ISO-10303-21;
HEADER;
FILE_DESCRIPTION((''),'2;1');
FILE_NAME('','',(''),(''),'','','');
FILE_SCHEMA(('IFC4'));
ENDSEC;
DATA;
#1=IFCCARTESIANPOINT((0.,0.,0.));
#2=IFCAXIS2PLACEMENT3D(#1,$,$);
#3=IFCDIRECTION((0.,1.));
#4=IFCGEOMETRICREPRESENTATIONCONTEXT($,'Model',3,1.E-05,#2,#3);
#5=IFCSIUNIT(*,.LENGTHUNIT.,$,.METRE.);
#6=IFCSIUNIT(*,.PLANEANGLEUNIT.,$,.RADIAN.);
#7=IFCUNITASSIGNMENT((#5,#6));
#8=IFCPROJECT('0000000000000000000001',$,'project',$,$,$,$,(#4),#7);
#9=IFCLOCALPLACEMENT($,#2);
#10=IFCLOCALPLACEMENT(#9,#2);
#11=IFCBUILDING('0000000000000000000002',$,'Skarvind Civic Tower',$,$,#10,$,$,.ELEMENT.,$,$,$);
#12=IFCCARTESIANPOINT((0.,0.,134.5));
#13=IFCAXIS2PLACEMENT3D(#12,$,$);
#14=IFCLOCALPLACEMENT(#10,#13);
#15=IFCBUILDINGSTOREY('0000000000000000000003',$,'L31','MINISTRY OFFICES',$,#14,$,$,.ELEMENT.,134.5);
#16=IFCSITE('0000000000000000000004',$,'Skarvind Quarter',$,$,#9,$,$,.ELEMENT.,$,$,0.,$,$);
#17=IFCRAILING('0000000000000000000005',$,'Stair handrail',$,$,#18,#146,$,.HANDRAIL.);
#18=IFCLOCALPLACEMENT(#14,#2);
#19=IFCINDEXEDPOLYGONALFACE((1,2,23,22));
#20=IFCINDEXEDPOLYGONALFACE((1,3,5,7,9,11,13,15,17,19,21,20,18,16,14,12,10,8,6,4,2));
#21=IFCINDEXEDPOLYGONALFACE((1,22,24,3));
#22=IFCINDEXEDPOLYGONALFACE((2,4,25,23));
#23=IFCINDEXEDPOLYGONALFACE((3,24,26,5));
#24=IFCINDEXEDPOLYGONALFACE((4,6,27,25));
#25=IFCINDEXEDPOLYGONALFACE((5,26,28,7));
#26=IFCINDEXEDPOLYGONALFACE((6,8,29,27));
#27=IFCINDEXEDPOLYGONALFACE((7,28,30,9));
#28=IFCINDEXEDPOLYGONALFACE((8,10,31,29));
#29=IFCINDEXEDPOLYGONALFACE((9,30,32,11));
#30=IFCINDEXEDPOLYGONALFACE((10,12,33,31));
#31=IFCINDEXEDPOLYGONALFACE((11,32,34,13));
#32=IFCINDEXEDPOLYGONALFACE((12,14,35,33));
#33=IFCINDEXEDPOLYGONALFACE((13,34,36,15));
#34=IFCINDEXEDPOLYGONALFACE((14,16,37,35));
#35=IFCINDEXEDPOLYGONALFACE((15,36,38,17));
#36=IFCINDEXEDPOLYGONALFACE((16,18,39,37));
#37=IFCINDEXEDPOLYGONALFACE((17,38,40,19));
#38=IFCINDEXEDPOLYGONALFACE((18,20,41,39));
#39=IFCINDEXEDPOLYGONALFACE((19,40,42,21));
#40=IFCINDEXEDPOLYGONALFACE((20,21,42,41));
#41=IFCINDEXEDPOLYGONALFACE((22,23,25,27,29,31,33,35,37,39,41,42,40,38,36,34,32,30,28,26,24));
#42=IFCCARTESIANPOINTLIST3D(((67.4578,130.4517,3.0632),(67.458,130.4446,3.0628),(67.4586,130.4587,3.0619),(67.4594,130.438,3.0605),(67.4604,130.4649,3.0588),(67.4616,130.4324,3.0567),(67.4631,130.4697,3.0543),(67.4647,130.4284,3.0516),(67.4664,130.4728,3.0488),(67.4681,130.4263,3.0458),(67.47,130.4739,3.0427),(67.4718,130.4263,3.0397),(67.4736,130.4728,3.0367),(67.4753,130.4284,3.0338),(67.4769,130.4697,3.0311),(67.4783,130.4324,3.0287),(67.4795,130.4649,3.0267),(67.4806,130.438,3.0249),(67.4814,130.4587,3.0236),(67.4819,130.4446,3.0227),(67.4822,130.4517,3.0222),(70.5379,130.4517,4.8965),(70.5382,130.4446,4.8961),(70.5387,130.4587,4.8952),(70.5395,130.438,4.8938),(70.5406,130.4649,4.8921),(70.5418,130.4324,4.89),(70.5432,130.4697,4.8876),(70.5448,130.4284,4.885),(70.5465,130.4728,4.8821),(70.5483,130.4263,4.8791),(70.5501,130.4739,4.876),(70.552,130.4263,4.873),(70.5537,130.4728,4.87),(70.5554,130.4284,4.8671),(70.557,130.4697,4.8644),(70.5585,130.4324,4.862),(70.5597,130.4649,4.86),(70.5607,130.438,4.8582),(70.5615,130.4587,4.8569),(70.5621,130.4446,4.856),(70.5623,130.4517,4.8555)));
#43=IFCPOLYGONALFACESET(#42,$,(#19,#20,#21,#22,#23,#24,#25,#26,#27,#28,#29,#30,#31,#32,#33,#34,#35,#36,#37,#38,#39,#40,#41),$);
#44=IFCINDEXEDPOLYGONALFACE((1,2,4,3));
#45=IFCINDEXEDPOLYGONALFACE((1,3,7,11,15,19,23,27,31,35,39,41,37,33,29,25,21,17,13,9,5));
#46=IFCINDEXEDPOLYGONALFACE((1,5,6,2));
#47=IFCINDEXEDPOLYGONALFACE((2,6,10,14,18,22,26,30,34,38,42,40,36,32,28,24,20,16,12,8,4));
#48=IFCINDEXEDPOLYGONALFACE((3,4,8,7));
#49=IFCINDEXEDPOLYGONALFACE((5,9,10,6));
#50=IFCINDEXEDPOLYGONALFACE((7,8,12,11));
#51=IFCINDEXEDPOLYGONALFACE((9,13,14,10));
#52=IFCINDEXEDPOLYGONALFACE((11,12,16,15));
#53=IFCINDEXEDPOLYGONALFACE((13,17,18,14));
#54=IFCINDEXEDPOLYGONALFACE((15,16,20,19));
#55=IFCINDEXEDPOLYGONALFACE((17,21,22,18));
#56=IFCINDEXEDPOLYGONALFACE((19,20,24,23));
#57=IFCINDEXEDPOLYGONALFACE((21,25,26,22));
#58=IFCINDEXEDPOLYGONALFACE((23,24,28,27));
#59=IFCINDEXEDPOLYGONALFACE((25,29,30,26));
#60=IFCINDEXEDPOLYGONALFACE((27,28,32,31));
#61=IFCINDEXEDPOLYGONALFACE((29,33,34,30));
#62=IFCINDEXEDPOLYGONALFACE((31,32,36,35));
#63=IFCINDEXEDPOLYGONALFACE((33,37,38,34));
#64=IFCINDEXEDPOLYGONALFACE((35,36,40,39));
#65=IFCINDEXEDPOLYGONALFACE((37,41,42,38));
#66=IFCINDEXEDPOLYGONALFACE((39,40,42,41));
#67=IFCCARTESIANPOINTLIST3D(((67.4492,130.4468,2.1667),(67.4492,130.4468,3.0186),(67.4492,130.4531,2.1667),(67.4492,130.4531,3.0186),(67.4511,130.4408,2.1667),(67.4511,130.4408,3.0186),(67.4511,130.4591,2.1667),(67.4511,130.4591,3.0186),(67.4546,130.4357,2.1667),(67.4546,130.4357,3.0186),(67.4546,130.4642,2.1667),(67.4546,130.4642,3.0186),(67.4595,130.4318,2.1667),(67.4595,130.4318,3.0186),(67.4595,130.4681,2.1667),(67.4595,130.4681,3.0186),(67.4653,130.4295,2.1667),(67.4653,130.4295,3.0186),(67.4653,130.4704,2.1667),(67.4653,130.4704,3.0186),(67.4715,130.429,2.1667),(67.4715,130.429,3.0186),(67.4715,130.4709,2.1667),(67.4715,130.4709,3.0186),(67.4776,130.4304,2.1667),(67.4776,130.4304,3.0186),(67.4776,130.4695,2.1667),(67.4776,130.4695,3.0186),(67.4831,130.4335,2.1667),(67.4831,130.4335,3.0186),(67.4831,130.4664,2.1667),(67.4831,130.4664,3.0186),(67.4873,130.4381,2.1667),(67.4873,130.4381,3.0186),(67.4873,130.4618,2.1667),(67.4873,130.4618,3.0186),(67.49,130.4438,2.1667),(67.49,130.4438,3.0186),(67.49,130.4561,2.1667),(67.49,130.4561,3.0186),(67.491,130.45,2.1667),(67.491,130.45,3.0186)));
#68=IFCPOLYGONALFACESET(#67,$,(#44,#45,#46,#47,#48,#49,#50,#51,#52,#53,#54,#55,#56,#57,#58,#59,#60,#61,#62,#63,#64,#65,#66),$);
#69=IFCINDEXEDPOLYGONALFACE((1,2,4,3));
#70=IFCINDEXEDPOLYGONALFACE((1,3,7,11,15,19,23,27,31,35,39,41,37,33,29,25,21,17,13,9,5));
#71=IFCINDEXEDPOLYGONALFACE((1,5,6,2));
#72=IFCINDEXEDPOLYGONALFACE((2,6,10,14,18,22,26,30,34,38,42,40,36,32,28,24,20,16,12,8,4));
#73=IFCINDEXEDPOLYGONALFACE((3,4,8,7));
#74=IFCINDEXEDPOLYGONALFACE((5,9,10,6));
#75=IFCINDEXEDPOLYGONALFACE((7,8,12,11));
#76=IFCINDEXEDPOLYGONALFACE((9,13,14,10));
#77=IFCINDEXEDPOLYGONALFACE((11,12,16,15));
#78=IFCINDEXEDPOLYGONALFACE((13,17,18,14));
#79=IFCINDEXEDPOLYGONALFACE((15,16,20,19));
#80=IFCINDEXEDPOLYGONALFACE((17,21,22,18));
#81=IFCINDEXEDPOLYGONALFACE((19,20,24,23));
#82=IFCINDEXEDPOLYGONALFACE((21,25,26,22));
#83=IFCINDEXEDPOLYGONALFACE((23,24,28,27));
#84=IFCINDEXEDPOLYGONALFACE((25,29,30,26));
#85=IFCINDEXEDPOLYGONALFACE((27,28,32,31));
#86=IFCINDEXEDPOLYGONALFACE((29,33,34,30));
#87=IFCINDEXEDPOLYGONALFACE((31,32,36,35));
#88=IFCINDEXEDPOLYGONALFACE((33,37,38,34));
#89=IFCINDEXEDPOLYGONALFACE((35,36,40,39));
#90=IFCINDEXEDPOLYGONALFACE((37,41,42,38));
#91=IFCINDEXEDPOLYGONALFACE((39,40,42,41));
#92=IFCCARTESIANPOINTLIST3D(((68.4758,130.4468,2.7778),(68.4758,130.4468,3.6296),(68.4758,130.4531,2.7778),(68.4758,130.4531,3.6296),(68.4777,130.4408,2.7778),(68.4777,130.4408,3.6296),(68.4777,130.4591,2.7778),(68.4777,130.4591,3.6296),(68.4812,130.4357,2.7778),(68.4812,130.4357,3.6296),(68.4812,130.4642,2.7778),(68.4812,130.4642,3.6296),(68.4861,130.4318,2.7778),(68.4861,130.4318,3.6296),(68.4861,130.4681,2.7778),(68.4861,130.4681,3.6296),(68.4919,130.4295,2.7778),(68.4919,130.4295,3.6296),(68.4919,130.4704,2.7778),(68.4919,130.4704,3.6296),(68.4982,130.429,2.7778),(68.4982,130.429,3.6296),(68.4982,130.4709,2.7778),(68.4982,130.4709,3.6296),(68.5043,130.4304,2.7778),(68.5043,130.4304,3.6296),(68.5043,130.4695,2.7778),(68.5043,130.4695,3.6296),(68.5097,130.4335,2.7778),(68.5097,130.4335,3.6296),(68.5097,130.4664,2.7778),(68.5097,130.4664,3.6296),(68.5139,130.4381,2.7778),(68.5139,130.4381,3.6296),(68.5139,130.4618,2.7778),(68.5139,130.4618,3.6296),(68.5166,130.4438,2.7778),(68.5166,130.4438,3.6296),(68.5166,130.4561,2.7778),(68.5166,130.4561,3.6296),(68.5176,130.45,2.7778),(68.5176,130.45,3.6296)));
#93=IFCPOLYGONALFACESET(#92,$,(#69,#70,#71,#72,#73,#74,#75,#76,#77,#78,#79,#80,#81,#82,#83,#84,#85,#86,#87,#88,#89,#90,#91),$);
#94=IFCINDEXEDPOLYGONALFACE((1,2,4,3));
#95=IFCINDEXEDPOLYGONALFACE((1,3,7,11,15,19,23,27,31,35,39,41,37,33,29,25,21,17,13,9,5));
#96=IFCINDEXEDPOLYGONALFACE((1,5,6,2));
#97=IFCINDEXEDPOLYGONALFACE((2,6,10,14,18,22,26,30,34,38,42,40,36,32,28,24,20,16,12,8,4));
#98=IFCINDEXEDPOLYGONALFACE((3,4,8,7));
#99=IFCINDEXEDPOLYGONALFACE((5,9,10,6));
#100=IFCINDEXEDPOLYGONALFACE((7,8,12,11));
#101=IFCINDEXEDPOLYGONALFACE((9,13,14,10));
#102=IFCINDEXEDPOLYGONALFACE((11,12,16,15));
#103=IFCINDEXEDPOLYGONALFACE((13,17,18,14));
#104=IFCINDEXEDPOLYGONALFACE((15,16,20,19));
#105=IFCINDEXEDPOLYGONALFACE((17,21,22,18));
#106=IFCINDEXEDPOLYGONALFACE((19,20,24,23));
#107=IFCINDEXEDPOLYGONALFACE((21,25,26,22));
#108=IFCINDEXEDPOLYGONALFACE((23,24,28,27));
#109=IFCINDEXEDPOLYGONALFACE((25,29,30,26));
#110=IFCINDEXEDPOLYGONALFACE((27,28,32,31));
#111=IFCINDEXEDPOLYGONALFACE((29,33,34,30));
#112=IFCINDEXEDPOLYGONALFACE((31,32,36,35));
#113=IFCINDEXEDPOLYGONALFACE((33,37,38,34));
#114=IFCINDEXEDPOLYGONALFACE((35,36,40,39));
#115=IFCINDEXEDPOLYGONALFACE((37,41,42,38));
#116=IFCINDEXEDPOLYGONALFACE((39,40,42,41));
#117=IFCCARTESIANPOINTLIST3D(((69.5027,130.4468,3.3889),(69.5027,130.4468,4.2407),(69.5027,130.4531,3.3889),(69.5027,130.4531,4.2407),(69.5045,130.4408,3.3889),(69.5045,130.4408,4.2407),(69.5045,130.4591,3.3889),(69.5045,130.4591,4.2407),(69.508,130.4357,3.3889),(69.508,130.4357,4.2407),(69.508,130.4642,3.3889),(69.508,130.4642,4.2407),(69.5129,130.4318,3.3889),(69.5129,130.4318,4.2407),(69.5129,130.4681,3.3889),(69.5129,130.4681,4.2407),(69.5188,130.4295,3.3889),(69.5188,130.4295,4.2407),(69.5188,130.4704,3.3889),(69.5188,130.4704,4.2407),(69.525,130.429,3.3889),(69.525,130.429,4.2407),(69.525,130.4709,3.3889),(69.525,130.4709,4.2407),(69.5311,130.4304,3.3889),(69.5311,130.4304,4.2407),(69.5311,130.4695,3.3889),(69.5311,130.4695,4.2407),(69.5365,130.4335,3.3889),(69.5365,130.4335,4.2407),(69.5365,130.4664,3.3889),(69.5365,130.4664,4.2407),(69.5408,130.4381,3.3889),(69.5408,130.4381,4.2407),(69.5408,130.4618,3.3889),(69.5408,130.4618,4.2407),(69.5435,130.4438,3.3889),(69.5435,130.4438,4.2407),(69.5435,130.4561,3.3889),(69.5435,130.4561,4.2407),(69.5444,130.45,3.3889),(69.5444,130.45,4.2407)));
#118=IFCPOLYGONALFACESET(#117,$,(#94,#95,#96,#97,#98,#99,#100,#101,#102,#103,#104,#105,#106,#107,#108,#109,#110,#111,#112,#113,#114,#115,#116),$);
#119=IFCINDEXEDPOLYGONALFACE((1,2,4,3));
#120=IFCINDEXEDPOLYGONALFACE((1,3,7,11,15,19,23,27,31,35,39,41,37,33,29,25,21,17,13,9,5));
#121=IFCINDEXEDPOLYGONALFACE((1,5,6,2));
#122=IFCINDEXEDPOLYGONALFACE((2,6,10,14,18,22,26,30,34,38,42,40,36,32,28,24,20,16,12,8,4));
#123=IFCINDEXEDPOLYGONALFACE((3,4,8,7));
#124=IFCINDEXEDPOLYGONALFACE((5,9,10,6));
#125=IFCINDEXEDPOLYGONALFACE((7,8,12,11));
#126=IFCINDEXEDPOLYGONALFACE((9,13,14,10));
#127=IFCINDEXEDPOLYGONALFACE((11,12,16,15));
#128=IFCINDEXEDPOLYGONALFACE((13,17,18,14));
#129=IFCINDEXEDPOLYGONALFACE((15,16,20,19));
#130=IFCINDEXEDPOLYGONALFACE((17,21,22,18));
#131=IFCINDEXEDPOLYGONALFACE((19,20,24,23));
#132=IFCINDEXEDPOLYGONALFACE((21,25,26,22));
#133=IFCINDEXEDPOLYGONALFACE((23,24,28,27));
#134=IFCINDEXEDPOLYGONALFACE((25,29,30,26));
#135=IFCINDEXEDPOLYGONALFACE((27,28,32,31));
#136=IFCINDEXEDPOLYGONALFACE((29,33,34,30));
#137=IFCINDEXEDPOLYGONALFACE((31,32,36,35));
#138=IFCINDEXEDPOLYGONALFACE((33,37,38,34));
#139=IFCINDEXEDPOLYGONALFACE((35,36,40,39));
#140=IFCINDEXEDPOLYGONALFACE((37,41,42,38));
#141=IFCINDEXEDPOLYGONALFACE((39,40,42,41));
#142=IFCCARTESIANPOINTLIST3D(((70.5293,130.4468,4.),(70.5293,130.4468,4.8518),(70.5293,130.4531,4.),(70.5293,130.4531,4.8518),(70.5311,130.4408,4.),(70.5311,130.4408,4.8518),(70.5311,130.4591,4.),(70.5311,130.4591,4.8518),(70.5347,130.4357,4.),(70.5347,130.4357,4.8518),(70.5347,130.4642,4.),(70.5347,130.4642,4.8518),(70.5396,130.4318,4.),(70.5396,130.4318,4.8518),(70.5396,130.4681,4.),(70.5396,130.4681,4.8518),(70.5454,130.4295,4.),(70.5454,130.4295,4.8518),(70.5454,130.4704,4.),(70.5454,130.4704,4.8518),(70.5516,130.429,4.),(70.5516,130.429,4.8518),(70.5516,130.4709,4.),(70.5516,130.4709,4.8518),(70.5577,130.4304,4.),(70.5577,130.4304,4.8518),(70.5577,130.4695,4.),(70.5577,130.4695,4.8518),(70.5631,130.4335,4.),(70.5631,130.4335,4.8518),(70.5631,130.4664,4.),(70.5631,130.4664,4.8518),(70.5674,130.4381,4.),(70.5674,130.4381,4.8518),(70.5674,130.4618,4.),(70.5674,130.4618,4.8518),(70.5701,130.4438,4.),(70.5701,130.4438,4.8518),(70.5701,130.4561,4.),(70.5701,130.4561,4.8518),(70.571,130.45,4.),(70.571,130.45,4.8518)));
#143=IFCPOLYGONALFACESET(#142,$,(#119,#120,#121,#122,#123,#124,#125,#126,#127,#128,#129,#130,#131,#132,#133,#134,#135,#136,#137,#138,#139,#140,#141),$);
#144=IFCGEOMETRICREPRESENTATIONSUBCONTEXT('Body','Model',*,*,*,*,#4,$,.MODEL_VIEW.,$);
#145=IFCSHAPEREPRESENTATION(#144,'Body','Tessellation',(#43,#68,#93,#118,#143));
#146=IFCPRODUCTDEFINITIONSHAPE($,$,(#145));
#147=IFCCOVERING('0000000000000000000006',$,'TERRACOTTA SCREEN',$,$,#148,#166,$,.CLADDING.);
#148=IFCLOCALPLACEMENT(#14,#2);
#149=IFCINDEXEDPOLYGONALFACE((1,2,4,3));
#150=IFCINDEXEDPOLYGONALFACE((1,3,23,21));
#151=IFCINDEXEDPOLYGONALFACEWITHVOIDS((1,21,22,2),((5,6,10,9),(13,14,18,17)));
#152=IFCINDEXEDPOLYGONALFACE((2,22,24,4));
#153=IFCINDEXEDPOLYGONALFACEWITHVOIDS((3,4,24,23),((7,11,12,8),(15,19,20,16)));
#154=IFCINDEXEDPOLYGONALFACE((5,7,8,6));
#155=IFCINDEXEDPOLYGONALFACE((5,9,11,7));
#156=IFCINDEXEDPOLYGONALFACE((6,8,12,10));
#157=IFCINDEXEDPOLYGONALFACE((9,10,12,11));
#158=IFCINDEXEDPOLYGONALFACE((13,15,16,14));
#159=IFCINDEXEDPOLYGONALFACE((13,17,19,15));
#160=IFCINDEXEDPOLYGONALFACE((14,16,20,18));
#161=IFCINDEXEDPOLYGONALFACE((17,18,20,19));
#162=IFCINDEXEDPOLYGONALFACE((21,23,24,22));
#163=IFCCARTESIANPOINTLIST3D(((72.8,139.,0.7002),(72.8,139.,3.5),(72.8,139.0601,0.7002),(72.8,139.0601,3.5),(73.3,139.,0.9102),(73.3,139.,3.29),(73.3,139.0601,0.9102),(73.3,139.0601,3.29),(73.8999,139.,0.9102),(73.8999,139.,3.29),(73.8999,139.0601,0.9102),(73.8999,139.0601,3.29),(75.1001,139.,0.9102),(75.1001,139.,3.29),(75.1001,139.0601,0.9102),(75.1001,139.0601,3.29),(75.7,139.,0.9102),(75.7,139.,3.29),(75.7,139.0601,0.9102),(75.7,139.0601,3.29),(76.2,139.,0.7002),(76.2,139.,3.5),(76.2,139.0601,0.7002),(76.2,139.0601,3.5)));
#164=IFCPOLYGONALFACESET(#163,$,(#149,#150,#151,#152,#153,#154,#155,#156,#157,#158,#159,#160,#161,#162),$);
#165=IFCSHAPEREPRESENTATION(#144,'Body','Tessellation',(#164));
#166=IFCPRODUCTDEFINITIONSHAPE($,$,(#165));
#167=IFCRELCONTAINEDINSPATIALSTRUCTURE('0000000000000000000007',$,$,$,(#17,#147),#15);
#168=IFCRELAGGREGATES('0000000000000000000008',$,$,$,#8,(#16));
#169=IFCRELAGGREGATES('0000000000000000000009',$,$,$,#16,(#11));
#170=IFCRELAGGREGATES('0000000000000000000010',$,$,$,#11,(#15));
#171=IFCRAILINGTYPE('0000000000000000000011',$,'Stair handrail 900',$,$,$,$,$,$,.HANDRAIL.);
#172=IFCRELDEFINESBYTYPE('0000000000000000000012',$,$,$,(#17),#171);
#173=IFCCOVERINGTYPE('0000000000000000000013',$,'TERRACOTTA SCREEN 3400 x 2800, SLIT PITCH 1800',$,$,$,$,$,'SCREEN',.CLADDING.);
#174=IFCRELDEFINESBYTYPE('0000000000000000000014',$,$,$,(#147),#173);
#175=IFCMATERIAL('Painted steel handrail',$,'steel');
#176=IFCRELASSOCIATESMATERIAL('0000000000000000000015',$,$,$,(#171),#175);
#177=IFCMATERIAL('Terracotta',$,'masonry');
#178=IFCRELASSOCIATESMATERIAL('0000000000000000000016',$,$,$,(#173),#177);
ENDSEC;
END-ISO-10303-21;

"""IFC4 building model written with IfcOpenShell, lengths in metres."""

from ifc_helpers import new_model, si_unit, direction, frame, origin, origin_2d, place, context, subcontext, project, spatial, polyline, circle, outline, extrude, material, material_profile, profile_set, type_object, element, save


model = new_model("IFC4")

# Units and contexts
model_context = context("Model", 3, precision=1e-05, world=origin(), true_north=direction((0.0, 1.0)))
body_context = subcontext(model_context, "Body", "Model", "MODEL_VIEW")
ifc_project = project(units=[si_unit("LENGTHUNIT", "METRE"), si_unit("PLANEANGLEUNIT", "RADIAN")], contexts=[model_context])

# Site, building, storey
site_placement = place(None, origin())
site = spatial("IfcSite", under=ifc_project, at=site_placement, Name="Skarvind Quarter", CompositionType="ELEMENT", RefElevation=0.0)
building_placement = place(site_placement, origin())
building = spatial("IfcBuilding", under=site, at=building_placement, Name="Skarvind Civic Tower", CompositionType="ELEMENT")
storey_placement = place(building_placement, frame((0.0, 0.0, 134.5)))
storey = spatial("IfcBuildingStorey", under=building, at=storey_placement, Name="L31", Description="MINISTRY OFFICES", CompositionType="ELEMENT", Elevation=134.5)

# Railing
ifc_material_1 = material(Name="Painted steel handrail", Category="steel")
railing_type = type_object("IfcRailingType", Name="Stair handrail 900", PredefinedType="HANDRAIL", material=ifc_material_1)
railing_1_placement = place(storey_placement, frame((67.47, 130.45, 2.1667)))
element("IfcRailing", 1, at=railing_1_placement, inside=storey, type_object=railing_type, Name="Stair handrail", PredefinedType="HANDRAIL", context=body_context, shape_type="SweptSolid", body=[
    extrude(circle(Radius=0.0239, at=origin_2d()), frame((0.0, 0.0, 0.876), z_axis=(0.859309, 0.0, 0.511458), x_axis=(0.0, 1.0, 0.0)), (0.0, 0.0, 1.0), 3.5845),
    extrude(circle(Radius=0.021, at=origin_2d()), origin(), (0.0, 0.0, 1.0), 0.8518),
    extrude(circle(Radius=0.021, at=origin_2d()), frame((1.0266, 0.0, 0.6111)), (0.0, 0.0, 1.0), 0.8518),
    extrude(circle(Radius=0.021, at=origin_2d()), frame((2.0535, 0.0, 1.2222)), (0.0, 0.0, 1.0), 0.8518),
    extrude(circle(Radius=0.021, at=origin_2d()), frame((3.0801, 0.0, 1.8333)), (0.0, 0.0, 1.0), 0.8518),
])

# Covering
ifc_material_2 = material(Name="Terracotta", Category="masonry")
ifc_material_profile_1 = material_profile(ifc_material_2, outline(polyline([(-1.7, -1.3999), (1.7, -1.3999), (1.7, 1.3999), (-1.7, 1.3999), (-1.7, -1.3999)]), holes=[polyline([(-1.2, -1.1899), (-0.6001, -1.1899), (-0.6001, 1.1899), (-1.2, 1.1899), (-1.2, -1.1899)]), polyline([(0.6001, -1.1899), (1.2, -1.1899), (1.2, 1.1899), (0.6001, 1.1899), (0.6001, -1.1899)])]), Name="TERRACOTTA SCREEN 3400 x 2800, SLIT PITCH 1800")
ifc_profile_set_1 = profile_set([ifc_material_profile_1], Name="Terracotta")
covering_type = type_object("IfcCoveringType", Name="TERRACOTTA SCREEN 3400 x 2800, SLIT PITCH 1800", ElementType="SCREEN", PredefinedType="CLADDING", material=ifc_profile_set_1)
covering_placement = place(storey_placement, frame((74.5, 139.0, 2.1001), z_axis=(0.0, 1.0, 0.0), x_axis=(-1.0, 0.0, 0.0)))
element("IfcCovering", 2, at=covering_placement, inside=storey, type_object=covering_type, Name="TERRACOTTA SCREEN", PredefinedType="CLADDING", context=body_context, shape_type="SweptSolid", body=[
    extrude(outline(polyline([(-1.7, -1.3999), (1.7, -1.3999), (1.7, 1.3999), (-1.7, 1.3999), (-1.7, -1.3999)]), holes=[polyline([(-1.2, -1.1899), (-0.6001, -1.1899), (-0.6001, 1.1899), (-1.2, 1.1899), (-1.2, -1.1899)]), polyline([(0.6001, -1.1899), (1.2, -1.1899), (1.2, 1.1899), (0.6001, 1.1899), (0.6001, -1.1899)])]), origin(), (0.0, 0.0, 1.0), 0.0601),
])

save(model, "model.ifc")
